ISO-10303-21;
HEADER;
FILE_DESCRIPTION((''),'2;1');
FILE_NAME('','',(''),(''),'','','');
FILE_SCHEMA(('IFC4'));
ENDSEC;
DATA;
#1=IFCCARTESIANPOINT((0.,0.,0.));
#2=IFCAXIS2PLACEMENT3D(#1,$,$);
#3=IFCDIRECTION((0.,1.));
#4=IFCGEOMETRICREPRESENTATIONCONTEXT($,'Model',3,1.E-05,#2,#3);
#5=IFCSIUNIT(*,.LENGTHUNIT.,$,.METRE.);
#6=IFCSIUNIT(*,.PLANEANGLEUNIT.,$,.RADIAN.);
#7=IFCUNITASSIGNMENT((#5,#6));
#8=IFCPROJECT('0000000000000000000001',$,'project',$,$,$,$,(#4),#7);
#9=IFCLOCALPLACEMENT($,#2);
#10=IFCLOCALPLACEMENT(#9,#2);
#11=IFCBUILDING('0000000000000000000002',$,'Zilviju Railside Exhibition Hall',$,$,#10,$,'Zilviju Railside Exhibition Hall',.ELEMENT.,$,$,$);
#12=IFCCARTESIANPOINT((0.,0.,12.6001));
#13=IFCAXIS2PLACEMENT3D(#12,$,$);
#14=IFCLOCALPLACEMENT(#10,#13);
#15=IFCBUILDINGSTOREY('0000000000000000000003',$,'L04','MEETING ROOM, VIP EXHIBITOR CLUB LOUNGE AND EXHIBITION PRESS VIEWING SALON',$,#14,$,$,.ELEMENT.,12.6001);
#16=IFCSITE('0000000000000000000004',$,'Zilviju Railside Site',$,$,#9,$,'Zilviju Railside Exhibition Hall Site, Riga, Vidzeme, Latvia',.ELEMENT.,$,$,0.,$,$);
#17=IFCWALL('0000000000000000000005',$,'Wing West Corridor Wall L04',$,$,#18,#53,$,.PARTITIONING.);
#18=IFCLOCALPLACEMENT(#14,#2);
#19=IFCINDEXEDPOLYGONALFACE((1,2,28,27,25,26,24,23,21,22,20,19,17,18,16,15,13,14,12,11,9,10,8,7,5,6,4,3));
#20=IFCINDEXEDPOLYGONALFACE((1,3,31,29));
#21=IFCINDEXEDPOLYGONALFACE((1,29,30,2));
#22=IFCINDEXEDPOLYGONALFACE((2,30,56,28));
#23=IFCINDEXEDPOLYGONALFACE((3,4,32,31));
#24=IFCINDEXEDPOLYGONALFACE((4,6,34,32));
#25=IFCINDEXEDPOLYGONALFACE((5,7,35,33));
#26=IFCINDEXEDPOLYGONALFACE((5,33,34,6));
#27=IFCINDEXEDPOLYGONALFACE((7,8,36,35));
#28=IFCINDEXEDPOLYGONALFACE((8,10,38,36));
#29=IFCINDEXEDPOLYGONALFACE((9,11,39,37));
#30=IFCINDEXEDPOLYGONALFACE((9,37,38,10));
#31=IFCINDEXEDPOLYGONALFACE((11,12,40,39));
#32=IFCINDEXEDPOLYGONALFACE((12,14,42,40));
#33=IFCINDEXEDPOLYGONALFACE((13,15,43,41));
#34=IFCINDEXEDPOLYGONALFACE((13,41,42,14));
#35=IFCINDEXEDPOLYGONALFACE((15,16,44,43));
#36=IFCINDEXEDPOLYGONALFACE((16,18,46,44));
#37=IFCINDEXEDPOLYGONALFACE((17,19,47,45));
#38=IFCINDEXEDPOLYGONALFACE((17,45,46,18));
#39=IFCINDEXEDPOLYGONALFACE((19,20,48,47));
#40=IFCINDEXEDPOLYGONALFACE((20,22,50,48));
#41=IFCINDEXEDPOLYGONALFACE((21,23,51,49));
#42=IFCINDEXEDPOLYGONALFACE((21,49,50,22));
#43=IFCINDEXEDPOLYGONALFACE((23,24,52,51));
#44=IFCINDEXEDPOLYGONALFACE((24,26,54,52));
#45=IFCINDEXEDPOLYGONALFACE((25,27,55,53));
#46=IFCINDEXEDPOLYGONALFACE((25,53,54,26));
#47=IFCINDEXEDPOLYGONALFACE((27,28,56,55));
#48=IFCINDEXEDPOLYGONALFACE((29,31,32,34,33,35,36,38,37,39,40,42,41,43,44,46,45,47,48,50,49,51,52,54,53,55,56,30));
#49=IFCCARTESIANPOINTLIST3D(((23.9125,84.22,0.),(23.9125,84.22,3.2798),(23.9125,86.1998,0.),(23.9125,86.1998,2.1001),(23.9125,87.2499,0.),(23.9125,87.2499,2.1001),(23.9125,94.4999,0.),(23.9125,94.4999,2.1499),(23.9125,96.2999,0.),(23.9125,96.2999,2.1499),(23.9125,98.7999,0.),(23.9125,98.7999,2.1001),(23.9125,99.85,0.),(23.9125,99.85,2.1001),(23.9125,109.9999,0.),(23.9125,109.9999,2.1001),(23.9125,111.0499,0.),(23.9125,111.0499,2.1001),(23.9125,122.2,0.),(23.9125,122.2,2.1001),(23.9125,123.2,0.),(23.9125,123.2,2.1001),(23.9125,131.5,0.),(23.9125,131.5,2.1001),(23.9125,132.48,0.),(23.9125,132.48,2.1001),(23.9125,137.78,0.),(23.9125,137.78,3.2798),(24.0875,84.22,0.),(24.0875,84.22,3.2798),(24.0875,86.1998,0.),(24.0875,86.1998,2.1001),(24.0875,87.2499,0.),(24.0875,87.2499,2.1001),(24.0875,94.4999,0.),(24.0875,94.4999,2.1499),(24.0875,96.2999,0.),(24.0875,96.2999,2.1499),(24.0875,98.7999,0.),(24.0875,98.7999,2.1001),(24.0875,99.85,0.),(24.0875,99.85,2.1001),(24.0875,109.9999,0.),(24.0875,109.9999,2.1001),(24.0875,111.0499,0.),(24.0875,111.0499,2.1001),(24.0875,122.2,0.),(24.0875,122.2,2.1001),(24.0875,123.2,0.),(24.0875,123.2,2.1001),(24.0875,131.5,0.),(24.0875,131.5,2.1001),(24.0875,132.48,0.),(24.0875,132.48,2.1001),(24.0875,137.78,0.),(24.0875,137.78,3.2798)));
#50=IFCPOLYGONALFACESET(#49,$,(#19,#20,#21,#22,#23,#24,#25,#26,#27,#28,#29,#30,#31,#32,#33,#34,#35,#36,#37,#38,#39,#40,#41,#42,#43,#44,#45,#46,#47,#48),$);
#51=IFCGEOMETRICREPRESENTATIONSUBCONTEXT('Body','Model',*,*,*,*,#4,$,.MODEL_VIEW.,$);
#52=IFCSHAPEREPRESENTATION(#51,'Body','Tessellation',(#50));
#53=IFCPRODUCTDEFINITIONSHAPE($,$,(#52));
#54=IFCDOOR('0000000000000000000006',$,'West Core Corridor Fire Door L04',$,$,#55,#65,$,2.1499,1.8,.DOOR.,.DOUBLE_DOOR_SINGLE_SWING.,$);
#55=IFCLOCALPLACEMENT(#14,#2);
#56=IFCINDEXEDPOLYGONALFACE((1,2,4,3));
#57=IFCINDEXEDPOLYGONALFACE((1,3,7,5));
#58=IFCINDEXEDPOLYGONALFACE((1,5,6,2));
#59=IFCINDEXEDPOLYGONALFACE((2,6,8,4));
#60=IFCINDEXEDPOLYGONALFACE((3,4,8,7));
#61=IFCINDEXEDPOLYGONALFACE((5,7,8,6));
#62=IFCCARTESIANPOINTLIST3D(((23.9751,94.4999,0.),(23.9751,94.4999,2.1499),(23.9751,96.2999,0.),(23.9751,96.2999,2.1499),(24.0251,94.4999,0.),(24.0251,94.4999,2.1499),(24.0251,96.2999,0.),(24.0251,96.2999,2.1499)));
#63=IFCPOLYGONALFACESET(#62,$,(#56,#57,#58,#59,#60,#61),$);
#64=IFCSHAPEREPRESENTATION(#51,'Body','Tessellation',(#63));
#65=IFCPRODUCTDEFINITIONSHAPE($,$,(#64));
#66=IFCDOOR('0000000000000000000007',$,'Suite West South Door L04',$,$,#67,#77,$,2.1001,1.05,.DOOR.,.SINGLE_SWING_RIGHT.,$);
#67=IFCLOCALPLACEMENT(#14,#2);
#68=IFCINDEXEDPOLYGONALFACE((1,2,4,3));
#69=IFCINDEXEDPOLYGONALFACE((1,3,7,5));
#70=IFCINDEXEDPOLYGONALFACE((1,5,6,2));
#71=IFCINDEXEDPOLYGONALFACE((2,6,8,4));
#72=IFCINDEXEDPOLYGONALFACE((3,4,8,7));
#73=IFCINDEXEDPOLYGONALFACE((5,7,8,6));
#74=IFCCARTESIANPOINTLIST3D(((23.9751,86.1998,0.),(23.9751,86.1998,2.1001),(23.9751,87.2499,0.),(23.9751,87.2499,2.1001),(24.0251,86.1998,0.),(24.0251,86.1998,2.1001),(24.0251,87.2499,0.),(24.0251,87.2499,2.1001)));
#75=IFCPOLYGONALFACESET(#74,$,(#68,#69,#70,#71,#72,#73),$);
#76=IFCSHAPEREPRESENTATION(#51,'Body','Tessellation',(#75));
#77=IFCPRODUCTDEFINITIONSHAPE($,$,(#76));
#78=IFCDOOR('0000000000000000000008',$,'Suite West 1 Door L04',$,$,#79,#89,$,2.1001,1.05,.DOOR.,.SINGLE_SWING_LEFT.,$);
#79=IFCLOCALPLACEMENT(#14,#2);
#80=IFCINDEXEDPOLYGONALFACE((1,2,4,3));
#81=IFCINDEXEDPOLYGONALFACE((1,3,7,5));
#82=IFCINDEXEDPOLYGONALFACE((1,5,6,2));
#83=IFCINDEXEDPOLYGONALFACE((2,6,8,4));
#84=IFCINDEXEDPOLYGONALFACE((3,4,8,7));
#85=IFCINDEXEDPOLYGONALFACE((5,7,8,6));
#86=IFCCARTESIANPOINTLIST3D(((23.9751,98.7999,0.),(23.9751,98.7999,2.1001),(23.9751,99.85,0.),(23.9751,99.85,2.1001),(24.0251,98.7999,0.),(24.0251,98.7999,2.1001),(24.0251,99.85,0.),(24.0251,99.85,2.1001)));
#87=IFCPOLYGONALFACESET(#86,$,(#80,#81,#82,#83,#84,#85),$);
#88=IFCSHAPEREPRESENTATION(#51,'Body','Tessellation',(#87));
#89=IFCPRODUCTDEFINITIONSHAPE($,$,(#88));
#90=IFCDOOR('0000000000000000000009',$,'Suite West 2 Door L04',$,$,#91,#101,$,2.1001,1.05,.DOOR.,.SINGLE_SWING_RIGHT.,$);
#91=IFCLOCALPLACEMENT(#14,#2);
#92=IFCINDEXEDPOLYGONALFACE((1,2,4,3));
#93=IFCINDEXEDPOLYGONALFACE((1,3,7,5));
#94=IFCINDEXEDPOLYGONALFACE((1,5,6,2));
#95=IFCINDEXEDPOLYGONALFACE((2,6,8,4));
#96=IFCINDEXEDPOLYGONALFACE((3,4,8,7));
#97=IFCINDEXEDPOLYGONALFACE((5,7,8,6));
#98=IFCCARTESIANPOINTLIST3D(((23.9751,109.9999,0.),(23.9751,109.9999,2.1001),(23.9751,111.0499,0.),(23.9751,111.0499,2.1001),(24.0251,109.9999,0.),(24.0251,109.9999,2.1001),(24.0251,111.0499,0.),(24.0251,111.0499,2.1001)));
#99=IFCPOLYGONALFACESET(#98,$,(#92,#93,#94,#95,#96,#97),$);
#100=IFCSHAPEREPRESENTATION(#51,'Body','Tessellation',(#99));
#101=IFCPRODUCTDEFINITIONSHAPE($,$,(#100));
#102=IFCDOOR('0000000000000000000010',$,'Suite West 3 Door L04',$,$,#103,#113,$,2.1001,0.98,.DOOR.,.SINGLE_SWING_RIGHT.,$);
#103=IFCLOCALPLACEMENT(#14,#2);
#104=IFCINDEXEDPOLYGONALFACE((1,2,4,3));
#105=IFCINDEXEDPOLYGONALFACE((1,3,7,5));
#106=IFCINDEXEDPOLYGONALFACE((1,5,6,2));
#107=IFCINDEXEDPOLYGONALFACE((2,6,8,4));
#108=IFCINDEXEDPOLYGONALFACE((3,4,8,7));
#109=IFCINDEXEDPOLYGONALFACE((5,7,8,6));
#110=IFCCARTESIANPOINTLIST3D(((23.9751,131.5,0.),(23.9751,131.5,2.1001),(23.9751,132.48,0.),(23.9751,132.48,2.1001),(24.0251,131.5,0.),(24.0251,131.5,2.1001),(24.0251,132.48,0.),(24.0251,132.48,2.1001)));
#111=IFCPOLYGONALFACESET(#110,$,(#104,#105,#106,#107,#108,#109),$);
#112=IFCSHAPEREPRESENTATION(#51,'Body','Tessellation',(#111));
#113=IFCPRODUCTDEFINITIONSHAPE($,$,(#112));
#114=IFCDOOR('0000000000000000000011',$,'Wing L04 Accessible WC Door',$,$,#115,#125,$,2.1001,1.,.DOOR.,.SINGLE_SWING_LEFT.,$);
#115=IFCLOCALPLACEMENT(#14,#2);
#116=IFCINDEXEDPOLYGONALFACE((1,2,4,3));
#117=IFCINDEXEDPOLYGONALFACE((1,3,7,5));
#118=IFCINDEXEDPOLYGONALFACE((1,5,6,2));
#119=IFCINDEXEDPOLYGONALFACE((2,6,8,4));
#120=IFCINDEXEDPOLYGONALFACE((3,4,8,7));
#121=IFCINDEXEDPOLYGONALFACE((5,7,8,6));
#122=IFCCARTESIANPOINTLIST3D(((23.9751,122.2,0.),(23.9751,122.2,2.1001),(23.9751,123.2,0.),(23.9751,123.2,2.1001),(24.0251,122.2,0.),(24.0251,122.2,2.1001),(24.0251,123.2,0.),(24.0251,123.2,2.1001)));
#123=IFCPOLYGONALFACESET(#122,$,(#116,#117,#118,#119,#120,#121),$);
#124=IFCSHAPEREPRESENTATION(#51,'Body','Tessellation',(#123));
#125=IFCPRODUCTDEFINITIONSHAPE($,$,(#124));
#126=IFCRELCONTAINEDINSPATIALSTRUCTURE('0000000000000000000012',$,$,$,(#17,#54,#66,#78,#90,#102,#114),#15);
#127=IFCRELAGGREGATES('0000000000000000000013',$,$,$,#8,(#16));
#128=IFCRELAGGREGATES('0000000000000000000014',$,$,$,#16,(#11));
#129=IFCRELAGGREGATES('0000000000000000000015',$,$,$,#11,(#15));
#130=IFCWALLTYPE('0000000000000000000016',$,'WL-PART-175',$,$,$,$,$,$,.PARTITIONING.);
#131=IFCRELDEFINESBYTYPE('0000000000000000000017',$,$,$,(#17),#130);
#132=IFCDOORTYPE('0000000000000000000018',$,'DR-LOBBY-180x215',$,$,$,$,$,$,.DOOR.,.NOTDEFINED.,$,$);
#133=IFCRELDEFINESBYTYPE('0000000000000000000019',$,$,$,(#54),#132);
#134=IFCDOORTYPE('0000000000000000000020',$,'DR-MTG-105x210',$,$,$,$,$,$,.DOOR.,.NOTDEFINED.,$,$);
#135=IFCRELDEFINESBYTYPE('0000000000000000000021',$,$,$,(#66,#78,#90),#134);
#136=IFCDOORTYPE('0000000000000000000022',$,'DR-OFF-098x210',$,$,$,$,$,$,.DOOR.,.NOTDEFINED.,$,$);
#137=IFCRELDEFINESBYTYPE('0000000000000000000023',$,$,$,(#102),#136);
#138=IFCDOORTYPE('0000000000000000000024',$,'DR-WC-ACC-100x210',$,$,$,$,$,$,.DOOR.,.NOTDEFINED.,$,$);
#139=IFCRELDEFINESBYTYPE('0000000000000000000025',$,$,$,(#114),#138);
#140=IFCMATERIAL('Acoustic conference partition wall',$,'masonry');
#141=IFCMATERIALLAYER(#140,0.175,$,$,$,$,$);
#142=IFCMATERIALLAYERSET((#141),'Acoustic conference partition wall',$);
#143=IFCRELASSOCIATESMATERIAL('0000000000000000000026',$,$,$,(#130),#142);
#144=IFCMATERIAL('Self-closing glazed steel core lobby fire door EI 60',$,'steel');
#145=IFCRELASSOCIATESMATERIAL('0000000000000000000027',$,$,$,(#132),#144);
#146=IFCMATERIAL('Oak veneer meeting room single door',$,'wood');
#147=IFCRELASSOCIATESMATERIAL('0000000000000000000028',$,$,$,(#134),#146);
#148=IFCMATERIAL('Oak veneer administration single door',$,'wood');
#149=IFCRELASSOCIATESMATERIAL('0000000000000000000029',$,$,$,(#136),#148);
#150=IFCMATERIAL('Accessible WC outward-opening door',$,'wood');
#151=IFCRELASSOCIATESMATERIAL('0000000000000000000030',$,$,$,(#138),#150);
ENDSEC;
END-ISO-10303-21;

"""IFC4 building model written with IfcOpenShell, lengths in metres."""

from ifc_helpers import new_model, si_unit, direction, frame, frame_2d, origin, place, context, subcontext, project, spatial, rectangle, extrude, material, layer, layer_set, type_object, element, fill, save


model = new_model("IFC4")

# Units and contexts
model_context = context("Model", 3, precision=1e-05, world=origin(), true_north=direction((0.0, 1.0)))
body_context = subcontext(model_context, "Body", "Model", "MODEL_VIEW")
ifc_project = project(units=[si_unit("LENGTHUNIT", "METRE"), si_unit("PLANEANGLEUNIT", "RADIAN")], contexts=[model_context])

# Site, building, storey
site_placement = place(None, origin())
site = spatial("IfcSite", under=ifc_project, at=site_placement, Name="Zilviju Railside Site", LongName="Zilviju Railside Exhibition Hall Site, Riga, Vidzeme, Latvia", CompositionType="ELEMENT", RefElevation=0.0)
building_placement = place(site_placement, origin())
building = spatial("IfcBuilding", under=site, at=building_placement, Name="Zilviju Railside Exhibition Hall", LongName="Zilviju Railside Exhibition Hall", CompositionType="ELEMENT")
storey_placement = place(building_placement, frame((0.0, 0.0, 12.6001)))
storey = spatial("IfcBuildingStorey", under=building, at=storey_placement, Name="L04", Description="MEETING ROOM, VIP EXHIBITOR CLUB LOUNGE AND EXHIBITION PRESS VIEWING SALON", CompositionType="ELEMENT", Elevation=12.6001)

# Wall, openings, doors
ifc_material_1 = material(Name="Acoustic conference partition wall", Category="masonry")
ifc_layer_1 = layer(ifc_material_1, 0.175)
ifc_layer_set_1 = layer_set([ifc_layer_1], Name="Acoustic conference partition wall")
wall_type_1 = type_object("IfcWallType", Name="WL-PART-175", PredefinedType="PARTITIONING", material=ifc_layer_set_1)
wall_1_placement = place(storey_placement, frame((24.0, 84.22, 0.0), z_axis=(0.0, 0.0, 1.0), x_axis=(0.0, 1.0, 0.0)))
wall_1 = element("IfcWall", 1, at=wall_1_placement, inside=storey, type_object=wall_type_1, Name="Wing West Corridor Wall L04", PredefinedType="PARTITIONING", context=body_context, shape_type="SweptSolid", body=[
    extrude(rectangle(XDim=53.5601, YDim=0.175, at=frame_2d((26.78, 0.0))), origin(), (0.0, 0.0, 1.0), 3.2798),
])
opening_1_placement = place(wall_1_placement, frame((1.98, 0.0, 0.0)))
opening_1 = element("IfcOpeningElement", 2, at=opening_1_placement, cuts=wall_1, PredefinedType="OPENING", context=body_context, shape_type="SweptSolid", body=[
    extrude(rectangle(XDim=1.05, YDim=2.1001, at=frame_2d((0.5249, 1.05))), frame((0.0, 0.0974, 0.0), z_axis=(0.0, -1.0, 0.0), x_axis=(1.0, 0.0, 0.0)), (0.0, 0.0, 1.0), 0.1951),
])
opening_2_placement = place(wall_1_placement, frame((10.28, 0.0, 0.0)))
opening_2 = element("IfcOpeningElement", 3, at=opening_2_placement, cuts=wall_1, PredefinedType="OPENING", context=body_context, shape_type="SweptSolid", body=[
    extrude(rectangle(XDim=1.8, YDim=2.1499, at=frame_2d((0.8999, 1.075))), frame((0.0, 0.0974, 0.0), z_axis=(0.0, -1.0, 0.0), x_axis=(1.0, 0.0, 0.0)), (0.0, 0.0, 1.0), 0.1951),
])
opening_3_placement = place(wall_1_placement, frame((14.5801, 0.0, 0.0)))
opening_3 = element("IfcOpeningElement", 4, at=opening_3_placement, cuts=wall_1, PredefinedType="OPENING", context=body_context, shape_type="SweptSolid", body=[
    extrude(rectangle(XDim=1.05, YDim=2.1001, at=frame_2d((0.5249, 1.05))), frame((0.0, 0.0974, 0.0), z_axis=(0.0, -1.0, 0.0), x_axis=(1.0, 0.0, 0.0)), (0.0, 0.0, 1.0), 0.1951),
])
opening_4_placement = place(wall_1_placement, frame((25.78, 0.0, 0.0)))
opening_4 = element("IfcOpeningElement", 5, at=opening_4_placement, cuts=wall_1, PredefinedType="OPENING", context=body_context, shape_type="SweptSolid", body=[
    extrude(rectangle(XDim=1.05, YDim=2.1001, at=frame_2d((0.5249, 1.05))), frame((0.0, 0.0974, 0.0), z_axis=(0.0, -1.0, 0.0), x_axis=(1.0, 0.0, 0.0)), (0.0, 0.0, 1.0), 0.1951),
])
opening_5_placement = place(wall_1_placement, frame((37.98, 0.0, 0.0)))
opening_5 = element("IfcOpeningElement", 6, at=opening_5_placement, cuts=wall_1, PredefinedType="OPENING", context=body_context, shape_type="SweptSolid", body=[
    extrude(rectangle(XDim=1.0, YDim=2.1001, at=frame_2d((0.5, 1.05))), frame((0.0, 0.0974, 0.0), z_axis=(0.0, -1.0, 0.0), x_axis=(1.0, 0.0, 0.0)), (0.0, 0.0, 1.0), 0.1951),
])
opening_6_placement = place(wall_1_placement, frame((47.28, 0.0, 0.0)))
opening_6 = element("IfcOpeningElement", 7, at=opening_6_placement, cuts=wall_1, PredefinedType="OPENING", context=body_context, shape_type="SweptSolid", body=[
    extrude(rectangle(XDim=0.98, YDim=2.1001, at=frame_2d((0.49, 1.05))), frame((0.0, 0.0974, 0.0), z_axis=(0.0, -1.0, 0.0), x_axis=(1.0, 0.0, 0.0)), (0.0, 0.0, 1.0), 0.1951),
])
ifc_material_2 = material(Name="Self-closing glazed steel core lobby fire door EI 60", Category="steel")
door_type_1 = type_object("IfcDoorType", Name="DR-LOBBY-180x215", OperationType="NOTDEFINED", PredefinedType="DOOR", material=ifc_material_2)
door_1_placement = place(opening_2_placement, origin())
door_1 = element("IfcDoor", 8, at=door_1_placement, inside=storey, type_object=door_type_1, Name="West Core Corridor Fire Door L04", OperationType="DOUBLE_DOOR_SINGLE_SWING", OverallHeight=2.1499, OverallWidth=1.8, PredefinedType="DOOR", context=body_context, shape_type="SweptSolid", body=[
    extrude(rectangle(XDim=1.8, YDim=2.1499, at=frame_2d((0.8999, 1.075))), frame((0.0, 0.0249, 0.0), z_axis=(0.0, -1.0, 0.0), x_axis=(1.0, 0.0, 0.0)), (0.0, 0.0, 1.0), 0.05),
])
fill(opening_2, door_1)
ifc_material_3 = material(Name="Oak veneer meeting room single door", Category="wood")
door_type_2 = type_object("IfcDoorType", Name="DR-MTG-105x210", OperationType="NOTDEFINED", PredefinedType="DOOR", material=ifc_material_3)
door_2_placement = place(opening_1_placement, origin())
door_2 = element("IfcDoor", 9, at=door_2_placement, inside=storey, type_object=door_type_2, Name="Suite West South Door L04", OperationType="SINGLE_SWING_RIGHT", OverallHeight=2.1001, OverallWidth=1.05, PredefinedType="DOOR", context=body_context, shape_type="SweptSolid", body=[
    extrude(rectangle(XDim=1.05, YDim=2.1001, at=frame_2d((0.5249, 1.05))), frame((0.0, 0.0249, 0.0), z_axis=(0.0, -1.0, 0.0), x_axis=(1.0, 0.0, 0.0)), (0.0, 0.0, 1.0), 0.05),
])
fill(opening_1, door_2)
door_3_placement = place(opening_3_placement, origin())
door_3 = element("IfcDoor", 10, at=door_3_placement, inside=storey, type_object=door_type_2, Name="Suite West 1 Door L04", OperationType="SINGLE_SWING_LEFT", OverallHeight=2.1001, OverallWidth=1.05, PredefinedType="DOOR", context=body_context, shape_type="SweptSolid", body=[
    extrude(rectangle(XDim=1.05, YDim=2.1001, at=frame_2d((0.5249, 1.05))), frame((0.0, 0.0249, 0.0), z_axis=(0.0, -1.0, 0.0), x_axis=(1.0, 0.0, 0.0)), (0.0, 0.0, 1.0), 0.05),
])
fill(opening_3, door_3)
door_4_placement = place(opening_4_placement, origin())
door_4 = element("IfcDoor", 11, at=door_4_placement, inside=storey, type_object=door_type_2, Name="Suite West 2 Door L04", OperationType="SINGLE_SWING_RIGHT", OverallHeight=2.1001, OverallWidth=1.05, PredefinedType="DOOR", context=body_context, shape_type="SweptSolid", body=[
    extrude(rectangle(XDim=1.05, YDim=2.1001, at=frame_2d((0.5249, 1.05))), frame((0.0, 0.0249, 0.0), z_axis=(0.0, -1.0, 0.0), x_axis=(1.0, 0.0, 0.0)), (0.0, 0.0, 1.0), 0.05),
])
fill(opening_4, door_4)
ifc_material_4 = material(Name="Oak veneer administration single door", Category="wood")
door_type_3 = type_object("IfcDoorType", Name="DR-OFF-098x210", OperationType="NOTDEFINED", PredefinedType="DOOR", material=ifc_material_4)
door_5_placement = place(opening_6_placement, origin())
door_5 = element("IfcDoor", 12, at=door_5_placement, inside=storey, type_object=door_type_3, Name="Suite West 3 Door L04", OperationType="SINGLE_SWING_RIGHT", OverallHeight=2.1001, OverallWidth=0.98, PredefinedType="DOOR", context=body_context, shape_type="SweptSolid", body=[
    extrude(rectangle(XDim=0.98, YDim=2.1001, at=frame_2d((0.49, 1.05))), frame((0.0, 0.0249, 0.0), z_axis=(0.0, -1.0, 0.0), x_axis=(1.0, 0.0, 0.0)), (0.0, 0.0, 1.0), 0.05),
])
fill(opening_6, door_5)
ifc_material_5 = material(Name="Accessible WC outward-opening door", Category="wood")
door_type_4 = type_object("IfcDoorType", Name="DR-WC-ACC-100x210", OperationType="NOTDEFINED", PredefinedType="DOOR", material=ifc_material_5)
door_6_placement = place(opening_5_placement, origin())
door_6 = element("IfcDoor", 13, at=door_6_placement, inside=storey, type_object=door_type_4, Name="Wing L04 Accessible WC Door", OperationType="SINGLE_SWING_LEFT", OverallHeight=2.1001, OverallWidth=1.0, PredefinedType="DOOR", context=body_context, shape_type="SweptSolid", body=[
    extrude(rectangle(XDim=1.0, YDim=2.1001, at=frame_2d((0.5, 1.05))), frame((0.0, 0.0249, 0.0), z_axis=(0.0, -1.0, 0.0), x_axis=(1.0, 0.0, 0.0)), (0.0, 0.0, 1.0), 0.05),
])
fill(opening_5, door_6)

save(model, "model.ifc")
